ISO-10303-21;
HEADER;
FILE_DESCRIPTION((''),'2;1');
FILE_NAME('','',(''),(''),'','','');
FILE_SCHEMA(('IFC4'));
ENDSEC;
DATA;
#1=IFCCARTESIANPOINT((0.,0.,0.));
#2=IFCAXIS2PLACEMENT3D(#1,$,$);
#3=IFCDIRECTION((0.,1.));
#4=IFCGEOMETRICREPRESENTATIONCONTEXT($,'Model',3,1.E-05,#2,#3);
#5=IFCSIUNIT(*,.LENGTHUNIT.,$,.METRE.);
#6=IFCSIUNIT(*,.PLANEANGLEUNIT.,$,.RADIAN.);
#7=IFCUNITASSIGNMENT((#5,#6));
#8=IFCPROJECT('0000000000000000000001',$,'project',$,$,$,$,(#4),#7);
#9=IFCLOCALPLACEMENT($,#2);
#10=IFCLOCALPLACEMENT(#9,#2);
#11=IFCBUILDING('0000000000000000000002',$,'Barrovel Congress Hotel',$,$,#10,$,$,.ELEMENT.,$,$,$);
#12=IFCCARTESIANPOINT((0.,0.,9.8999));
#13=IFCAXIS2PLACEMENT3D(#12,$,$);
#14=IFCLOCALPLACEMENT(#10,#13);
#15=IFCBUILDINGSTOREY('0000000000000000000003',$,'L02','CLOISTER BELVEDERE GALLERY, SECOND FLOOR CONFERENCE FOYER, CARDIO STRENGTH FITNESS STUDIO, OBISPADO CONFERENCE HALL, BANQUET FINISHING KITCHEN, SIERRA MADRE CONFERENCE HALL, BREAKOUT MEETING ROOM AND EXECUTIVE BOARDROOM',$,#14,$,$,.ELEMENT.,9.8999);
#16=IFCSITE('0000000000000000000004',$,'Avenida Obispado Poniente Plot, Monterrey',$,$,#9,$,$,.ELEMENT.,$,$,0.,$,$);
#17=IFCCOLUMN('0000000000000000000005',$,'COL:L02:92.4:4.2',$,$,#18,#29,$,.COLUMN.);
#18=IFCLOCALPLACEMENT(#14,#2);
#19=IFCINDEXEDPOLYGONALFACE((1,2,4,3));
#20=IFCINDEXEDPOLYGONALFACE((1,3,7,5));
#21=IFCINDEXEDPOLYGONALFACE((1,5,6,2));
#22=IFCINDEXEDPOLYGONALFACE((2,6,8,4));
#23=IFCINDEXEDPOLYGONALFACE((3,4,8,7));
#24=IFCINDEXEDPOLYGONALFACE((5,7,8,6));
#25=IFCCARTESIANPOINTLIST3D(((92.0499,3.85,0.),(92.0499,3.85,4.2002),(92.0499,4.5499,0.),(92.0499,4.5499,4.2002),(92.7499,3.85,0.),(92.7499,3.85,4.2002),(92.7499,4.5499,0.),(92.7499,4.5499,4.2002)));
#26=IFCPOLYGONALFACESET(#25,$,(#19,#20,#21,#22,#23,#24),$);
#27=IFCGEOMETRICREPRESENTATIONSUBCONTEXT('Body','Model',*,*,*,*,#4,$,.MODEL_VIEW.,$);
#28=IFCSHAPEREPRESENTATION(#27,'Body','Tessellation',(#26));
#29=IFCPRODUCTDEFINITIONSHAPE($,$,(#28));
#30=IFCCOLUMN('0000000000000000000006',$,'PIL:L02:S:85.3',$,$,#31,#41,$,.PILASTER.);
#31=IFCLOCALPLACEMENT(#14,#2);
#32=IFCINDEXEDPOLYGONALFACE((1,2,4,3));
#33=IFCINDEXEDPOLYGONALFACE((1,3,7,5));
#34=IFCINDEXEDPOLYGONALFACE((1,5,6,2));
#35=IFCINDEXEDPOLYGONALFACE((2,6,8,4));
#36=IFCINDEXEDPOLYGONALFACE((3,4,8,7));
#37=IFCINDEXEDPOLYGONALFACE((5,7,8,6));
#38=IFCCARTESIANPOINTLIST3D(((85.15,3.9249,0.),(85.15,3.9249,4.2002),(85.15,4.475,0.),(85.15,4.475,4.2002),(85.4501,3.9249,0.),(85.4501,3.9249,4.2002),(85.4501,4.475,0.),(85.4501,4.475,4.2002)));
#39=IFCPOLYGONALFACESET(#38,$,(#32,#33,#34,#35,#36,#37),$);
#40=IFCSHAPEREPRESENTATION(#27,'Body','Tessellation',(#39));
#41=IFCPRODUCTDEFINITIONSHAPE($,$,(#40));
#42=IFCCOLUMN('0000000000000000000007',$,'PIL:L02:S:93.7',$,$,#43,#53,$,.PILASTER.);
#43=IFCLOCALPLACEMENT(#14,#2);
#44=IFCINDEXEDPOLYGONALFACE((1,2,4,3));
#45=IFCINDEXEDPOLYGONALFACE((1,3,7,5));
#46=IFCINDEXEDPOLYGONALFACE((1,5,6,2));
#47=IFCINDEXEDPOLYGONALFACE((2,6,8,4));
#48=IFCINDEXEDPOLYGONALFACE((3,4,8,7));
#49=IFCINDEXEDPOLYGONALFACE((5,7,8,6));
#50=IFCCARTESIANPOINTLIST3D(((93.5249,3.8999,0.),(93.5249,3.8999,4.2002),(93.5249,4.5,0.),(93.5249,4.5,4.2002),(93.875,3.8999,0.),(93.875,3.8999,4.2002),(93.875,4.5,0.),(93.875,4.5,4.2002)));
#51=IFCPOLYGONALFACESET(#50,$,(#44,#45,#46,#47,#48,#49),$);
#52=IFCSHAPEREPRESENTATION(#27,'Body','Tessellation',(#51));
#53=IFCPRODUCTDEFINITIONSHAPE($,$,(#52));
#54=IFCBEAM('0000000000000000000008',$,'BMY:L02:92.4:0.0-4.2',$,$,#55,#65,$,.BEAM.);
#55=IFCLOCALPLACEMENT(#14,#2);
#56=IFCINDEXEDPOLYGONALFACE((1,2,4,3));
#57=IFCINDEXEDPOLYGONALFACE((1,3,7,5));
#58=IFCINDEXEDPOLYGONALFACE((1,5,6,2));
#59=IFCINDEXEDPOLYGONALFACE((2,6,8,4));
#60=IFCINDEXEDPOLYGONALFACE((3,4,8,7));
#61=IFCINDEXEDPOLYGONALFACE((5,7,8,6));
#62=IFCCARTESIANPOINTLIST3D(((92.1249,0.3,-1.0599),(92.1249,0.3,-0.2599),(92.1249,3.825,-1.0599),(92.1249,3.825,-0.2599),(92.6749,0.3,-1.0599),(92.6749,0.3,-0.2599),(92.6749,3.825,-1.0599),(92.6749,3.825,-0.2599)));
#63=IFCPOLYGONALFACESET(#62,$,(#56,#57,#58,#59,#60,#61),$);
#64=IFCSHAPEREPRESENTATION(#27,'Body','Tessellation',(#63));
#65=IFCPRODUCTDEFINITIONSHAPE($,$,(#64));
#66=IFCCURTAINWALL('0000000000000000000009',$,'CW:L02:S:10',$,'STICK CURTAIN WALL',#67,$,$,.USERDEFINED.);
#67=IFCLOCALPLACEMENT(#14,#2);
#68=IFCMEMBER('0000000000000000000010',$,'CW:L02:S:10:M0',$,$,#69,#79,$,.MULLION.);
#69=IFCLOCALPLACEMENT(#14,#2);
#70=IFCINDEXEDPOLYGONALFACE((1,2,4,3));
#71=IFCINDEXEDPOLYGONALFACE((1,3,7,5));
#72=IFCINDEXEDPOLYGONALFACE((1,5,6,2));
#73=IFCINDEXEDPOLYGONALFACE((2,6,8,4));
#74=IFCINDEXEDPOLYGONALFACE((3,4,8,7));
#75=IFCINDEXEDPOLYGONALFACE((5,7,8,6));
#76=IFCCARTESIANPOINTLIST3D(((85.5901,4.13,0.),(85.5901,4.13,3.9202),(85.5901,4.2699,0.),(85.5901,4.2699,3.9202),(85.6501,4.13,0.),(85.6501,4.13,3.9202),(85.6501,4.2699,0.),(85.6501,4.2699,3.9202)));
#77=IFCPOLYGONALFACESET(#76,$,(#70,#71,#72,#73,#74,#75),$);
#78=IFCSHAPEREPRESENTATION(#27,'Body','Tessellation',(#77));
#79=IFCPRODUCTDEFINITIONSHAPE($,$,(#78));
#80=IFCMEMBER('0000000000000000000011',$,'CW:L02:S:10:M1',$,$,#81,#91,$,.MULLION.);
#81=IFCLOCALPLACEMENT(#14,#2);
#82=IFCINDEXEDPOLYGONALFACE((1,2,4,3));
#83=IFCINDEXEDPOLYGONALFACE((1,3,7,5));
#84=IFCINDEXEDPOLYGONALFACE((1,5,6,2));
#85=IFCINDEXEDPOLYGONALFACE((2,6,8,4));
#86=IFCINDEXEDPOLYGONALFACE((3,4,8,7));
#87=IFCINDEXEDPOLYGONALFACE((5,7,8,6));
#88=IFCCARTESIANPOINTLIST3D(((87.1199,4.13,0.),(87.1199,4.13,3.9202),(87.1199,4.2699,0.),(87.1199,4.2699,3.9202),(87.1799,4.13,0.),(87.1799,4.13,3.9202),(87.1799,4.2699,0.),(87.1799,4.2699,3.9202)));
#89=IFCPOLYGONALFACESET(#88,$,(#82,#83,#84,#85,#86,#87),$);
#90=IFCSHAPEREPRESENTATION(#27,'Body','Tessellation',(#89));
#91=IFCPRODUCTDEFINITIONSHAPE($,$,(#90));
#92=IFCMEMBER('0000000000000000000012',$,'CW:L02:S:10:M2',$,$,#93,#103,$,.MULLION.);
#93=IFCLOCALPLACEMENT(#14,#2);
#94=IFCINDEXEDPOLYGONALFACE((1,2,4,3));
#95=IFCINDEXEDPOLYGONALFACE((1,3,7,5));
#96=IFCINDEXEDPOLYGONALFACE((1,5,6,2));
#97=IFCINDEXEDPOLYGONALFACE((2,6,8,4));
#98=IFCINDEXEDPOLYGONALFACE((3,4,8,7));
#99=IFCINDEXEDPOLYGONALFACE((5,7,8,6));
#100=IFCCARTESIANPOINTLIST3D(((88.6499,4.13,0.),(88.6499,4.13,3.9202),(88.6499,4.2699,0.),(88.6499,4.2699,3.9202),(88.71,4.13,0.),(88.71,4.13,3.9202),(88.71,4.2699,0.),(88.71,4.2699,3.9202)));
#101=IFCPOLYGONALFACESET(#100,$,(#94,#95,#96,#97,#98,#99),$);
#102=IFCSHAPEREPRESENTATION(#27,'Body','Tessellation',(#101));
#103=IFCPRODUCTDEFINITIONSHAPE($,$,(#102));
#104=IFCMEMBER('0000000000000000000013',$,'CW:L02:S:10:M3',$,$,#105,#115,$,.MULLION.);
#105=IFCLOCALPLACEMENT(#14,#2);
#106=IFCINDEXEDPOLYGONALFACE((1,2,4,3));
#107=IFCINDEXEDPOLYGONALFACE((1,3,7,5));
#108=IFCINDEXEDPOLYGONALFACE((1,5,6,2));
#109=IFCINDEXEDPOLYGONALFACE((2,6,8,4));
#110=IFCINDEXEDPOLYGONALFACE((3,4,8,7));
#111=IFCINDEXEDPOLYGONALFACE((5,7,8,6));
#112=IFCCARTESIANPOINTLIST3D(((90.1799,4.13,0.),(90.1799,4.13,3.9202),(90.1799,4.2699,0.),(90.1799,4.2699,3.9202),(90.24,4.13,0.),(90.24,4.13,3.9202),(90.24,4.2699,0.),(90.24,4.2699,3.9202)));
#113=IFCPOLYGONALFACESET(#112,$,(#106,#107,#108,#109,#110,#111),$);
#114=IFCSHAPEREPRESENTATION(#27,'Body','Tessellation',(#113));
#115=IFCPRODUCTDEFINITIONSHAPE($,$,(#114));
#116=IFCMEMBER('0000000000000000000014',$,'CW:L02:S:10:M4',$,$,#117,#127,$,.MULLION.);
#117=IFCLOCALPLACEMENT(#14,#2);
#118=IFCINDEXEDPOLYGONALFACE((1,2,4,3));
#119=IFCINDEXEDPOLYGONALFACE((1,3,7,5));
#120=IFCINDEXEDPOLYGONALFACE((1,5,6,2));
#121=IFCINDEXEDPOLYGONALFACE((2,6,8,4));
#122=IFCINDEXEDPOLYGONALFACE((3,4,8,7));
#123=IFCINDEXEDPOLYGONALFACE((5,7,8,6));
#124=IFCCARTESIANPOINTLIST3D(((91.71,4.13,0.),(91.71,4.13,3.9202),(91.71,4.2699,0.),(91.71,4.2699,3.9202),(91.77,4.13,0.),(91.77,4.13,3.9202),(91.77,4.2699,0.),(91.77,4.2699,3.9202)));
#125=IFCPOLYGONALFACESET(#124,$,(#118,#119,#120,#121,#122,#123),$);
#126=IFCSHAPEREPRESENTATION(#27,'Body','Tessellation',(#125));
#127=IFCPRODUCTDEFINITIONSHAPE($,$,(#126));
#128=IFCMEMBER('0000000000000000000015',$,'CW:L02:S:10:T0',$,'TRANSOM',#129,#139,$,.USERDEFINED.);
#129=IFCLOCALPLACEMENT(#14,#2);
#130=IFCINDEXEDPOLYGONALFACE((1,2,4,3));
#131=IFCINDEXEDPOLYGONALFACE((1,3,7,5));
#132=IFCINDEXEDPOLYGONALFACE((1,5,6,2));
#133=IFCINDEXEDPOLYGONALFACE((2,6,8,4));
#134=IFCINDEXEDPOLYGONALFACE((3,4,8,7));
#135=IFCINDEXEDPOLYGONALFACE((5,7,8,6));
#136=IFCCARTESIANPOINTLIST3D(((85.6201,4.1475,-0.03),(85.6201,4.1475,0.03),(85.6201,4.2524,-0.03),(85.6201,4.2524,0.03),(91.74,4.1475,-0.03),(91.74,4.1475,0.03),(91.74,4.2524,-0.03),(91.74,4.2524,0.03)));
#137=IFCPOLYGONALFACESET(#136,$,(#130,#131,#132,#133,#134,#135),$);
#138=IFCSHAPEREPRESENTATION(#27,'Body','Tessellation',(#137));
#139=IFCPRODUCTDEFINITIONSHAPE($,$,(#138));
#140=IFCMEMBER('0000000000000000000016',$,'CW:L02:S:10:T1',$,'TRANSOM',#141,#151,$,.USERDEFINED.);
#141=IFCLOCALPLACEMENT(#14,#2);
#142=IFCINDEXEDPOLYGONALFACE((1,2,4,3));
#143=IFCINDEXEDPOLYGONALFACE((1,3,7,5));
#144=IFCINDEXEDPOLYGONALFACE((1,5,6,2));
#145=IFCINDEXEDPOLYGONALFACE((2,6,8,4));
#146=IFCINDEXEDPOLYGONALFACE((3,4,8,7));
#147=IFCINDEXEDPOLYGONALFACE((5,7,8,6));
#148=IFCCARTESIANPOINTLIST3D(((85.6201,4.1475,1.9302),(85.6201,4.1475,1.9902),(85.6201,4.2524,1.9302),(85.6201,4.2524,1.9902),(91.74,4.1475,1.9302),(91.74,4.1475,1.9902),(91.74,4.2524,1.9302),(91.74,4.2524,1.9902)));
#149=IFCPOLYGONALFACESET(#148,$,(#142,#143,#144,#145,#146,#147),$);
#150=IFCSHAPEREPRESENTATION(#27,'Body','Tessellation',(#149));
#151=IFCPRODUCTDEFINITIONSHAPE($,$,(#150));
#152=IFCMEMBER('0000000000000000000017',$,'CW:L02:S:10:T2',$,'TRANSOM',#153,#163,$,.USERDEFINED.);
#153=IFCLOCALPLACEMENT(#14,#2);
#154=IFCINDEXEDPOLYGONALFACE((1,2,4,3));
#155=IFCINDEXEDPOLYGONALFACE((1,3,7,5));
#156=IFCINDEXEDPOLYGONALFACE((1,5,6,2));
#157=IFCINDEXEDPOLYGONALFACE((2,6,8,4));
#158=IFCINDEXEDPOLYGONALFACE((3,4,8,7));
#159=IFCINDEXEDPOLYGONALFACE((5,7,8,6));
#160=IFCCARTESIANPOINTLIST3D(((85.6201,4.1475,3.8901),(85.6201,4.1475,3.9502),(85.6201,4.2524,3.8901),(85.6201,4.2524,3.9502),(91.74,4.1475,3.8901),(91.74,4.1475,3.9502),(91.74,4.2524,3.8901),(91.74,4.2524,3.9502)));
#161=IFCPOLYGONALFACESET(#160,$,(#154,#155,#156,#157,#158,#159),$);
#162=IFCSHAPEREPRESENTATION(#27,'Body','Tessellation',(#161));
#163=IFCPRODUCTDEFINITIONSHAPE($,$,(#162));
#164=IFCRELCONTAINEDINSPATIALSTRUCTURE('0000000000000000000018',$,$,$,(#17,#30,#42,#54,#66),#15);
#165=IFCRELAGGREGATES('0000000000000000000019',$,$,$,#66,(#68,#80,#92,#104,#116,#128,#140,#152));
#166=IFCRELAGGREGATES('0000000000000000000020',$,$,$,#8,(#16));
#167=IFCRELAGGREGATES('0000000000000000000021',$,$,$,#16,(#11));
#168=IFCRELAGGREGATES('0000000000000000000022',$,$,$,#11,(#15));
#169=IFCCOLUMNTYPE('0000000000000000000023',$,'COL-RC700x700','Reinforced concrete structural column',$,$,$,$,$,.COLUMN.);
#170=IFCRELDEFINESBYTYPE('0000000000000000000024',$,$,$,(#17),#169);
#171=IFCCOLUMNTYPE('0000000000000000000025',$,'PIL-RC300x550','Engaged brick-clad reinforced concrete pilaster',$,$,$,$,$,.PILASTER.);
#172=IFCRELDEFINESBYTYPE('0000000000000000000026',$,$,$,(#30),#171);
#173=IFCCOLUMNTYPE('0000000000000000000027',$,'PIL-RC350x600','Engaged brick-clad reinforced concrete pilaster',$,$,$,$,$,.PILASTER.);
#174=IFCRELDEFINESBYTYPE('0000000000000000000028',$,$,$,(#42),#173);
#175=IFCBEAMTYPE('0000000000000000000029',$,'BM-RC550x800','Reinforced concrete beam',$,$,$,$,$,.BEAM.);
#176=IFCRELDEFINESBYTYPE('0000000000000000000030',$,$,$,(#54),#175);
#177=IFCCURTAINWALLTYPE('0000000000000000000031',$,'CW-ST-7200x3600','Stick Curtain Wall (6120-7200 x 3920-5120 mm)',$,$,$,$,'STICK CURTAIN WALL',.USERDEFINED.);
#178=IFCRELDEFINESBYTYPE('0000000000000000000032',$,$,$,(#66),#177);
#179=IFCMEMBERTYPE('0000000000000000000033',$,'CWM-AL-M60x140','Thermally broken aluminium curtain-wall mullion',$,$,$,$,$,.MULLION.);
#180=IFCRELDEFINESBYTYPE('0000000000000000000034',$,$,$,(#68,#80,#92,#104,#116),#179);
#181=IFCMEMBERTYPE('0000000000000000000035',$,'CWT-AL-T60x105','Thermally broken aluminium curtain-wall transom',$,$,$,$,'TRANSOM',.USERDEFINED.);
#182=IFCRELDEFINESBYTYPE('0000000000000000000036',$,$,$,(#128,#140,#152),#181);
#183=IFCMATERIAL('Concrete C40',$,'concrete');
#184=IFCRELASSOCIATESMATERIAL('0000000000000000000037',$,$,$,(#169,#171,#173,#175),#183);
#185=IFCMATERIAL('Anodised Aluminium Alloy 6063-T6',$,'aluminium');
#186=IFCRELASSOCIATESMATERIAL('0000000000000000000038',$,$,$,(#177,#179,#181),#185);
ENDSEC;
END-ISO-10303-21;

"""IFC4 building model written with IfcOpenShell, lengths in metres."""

from ifc_helpers import new_model, si_unit, direction, frame, origin, origin_2d, place, context, subcontext, project, spatial, rectangle, extrude, material, material_profile, profile_set, type_object, element, aggregate, save


model = new_model("IFC4")

# Units and contexts
model_context = context("Model", 3, precision=1e-05, world=origin(), true_north=direction((0.0, 1.0)))
body_context = subcontext(model_context, "Body", "Model", "MODEL_VIEW")
ifc_project = project(units=[si_unit("LENGTHUNIT", "METRE"), si_unit("PLANEANGLEUNIT", "RADIAN")], contexts=[model_context])

# Site, building, storey
site_placement = place(None, origin())
site = spatial("IfcSite", under=ifc_project, at=site_placement, Name="Avenida Obispado Poniente Plot, Monterrey", CompositionType="ELEMENT", RefElevation=0.0)
building_placement = place(site_placement, origin())
building = spatial("IfcBuilding", under=site, at=building_placement, Name="Barrovel Congress Hotel", CompositionType="ELEMENT")
storey_placement = place(building_placement, frame((0.0, 0.0, 9.8999)))
storey = spatial("IfcBuildingStorey", under=building, at=storey_placement, Name="L02", Description="CLOISTER BELVEDERE GALLERY, SECOND FLOOR CONFERENCE FOYER, CARDIO STRENGTH FITNESS STUDIO, OBISPADO CONFERENCE HALL, BANQUET FINISHING KITCHEN, SIERRA MADRE CONFERENCE HALL, BREAKOUT MEETING ROOM AND EXECUTIVE BOARDROOM", CompositionType="ELEMENT", Elevation=9.8999)

# Columns
ifc_material_1 = material(Name="Concrete C40", Category="concrete")
ifc_material_profile_1 = material_profile(ifc_material_1, rectangle(XDim=0.7, YDim=0.7, at=origin_2d()), Name="RC700x700")
ifc_profile_set_1 = profile_set([ifc_material_profile_1], Name="Concrete C40")
column_type_1 = type_object("IfcColumnType", Name="COL-RC700x700", Description="Reinforced concrete structural column", PredefinedType="COLUMN", material=ifc_profile_set_1)
column_1_placement = place(storey_placement, frame((92.3999, 4.2, 0.0), z_axis=(0.0, 0.0, 1.0), x_axis=(1.0, 0.0, 0.0)))
element("IfcColumn", 1, at=column_1_placement, inside=storey, type_object=column_type_1, Name="COL:L02:92.4:4.2", PredefinedType="COLUMN", context=body_context, shape_type="SweptSolid", body=[
    extrude(rectangle(XDim=0.7, YDim=0.7, at=origin_2d()), origin(), (0.0, 0.0, 1.0), 4.2002),
])
ifc_material_profile_2 = material_profile(ifc_material_1, rectangle(XDim=0.3, YDim=0.55, at=origin_2d()), Name="RC300x550")
ifc_profile_set_2 = profile_set([ifc_material_profile_2], Name="Concrete C40")
column_type_2 = type_object("IfcColumnType", Name="PIL-RC300x550", Description="Engaged brick-clad reinforced concrete pilaster", PredefinedType="PILASTER", material=ifc_profile_set_2)
column_2_placement = place(storey_placement, frame((85.3, 4.2, 0.0), z_axis=(0.0, 0.0, 1.0), x_axis=(1.0, 0.0, 0.0)))
element("IfcColumn", 2, at=column_2_placement, inside=storey, type_object=column_type_2, Name="PIL:L02:S:85.3", PredefinedType="PILASTER", context=body_context, shape_type="SweptSolid", body=[
    extrude(rectangle(XDim=0.3, YDim=0.55, at=origin_2d()), origin(), (0.0, 0.0, 1.0), 4.2002),
])
ifc_material_profile_3 = material_profile(ifc_material_1, rectangle(XDim=0.3501, YDim=0.6001, at=origin_2d()), Name="RC350x600")
ifc_profile_set_3 = profile_set([ifc_material_profile_3], Name="Concrete C40")
column_type_3 = type_object("IfcColumnType", Name="PIL-RC350x600", Description="Engaged brick-clad reinforced concrete pilaster", PredefinedType="PILASTER", material=ifc_profile_set_3)
column_3_placement = place(storey_placement, frame((93.7, 4.2, 0.0), z_axis=(0.0, 0.0, 1.0), x_axis=(1.0, 0.0, 0.0)))
element("IfcColumn", 3, at=column_3_placement, inside=storey, type_object=column_type_3, Name="PIL:L02:S:93.7", PredefinedType="PILASTER", context=body_context, shape_type="SweptSolid", body=[
    extrude(rectangle(XDim=0.3501, YDim=0.6001, at=origin_2d()), origin(), (0.0, 0.0, 1.0), 4.2002),
])

# Beam
ifc_material_profile_4 = material_profile(ifc_material_1, rectangle(XDim=0.55, YDim=0.8, at=origin_2d()), Name="RC550x800")
ifc_profile_set_4 = profile_set([ifc_material_profile_4], Name="Concrete C40")
beam_type_1 = type_object("IfcBeamType", Name="BM-RC550x800", Description="Reinforced concrete beam", PredefinedType="BEAM", material=ifc_profile_set_4)
beam_1_placement = place(storey_placement, frame((92.3999, 0.3, -0.6599), z_axis=(0.0, 1.0, 0.0), x_axis=(-1.0, 0.0, 0.0)))
element("IfcBeam", 4, at=beam_1_placement, inside=storey, type_object=beam_type_1, Name="BMY:L02:92.4:0.0-4.2", PredefinedType="BEAM", context=body_context, shape_type="SweptSolid", body=[
    extrude(rectangle(XDim=0.55, YDim=0.8, at=origin_2d()), origin(), (0.0, 0.0, 1.0), 3.5249),
])

# Curtain wall, members
ifc_material_2 = material(Name="Anodised Aluminium Alloy 6063-T6", Category="aluminium")
curtain_wall_type = type_object("IfcCurtainWallType", Name="CW-ST-7200x3600", Description="Stick Curtain Wall (6120-7200 x 3920-5120 mm)", ElementType="STICK CURTAIN WALL", PredefinedType="USERDEFINED", material=ifc_material_2)
curtain_wall_placement = place(storey_placement, origin())
curtain_wall = element("IfcCurtainWall", 5, at=curtain_wall_placement, inside=storey, type_object=curtain_wall_type, Name="CW:L02:S:10", ObjectType="STICK CURTAIN WALL", PredefinedType="USERDEFINED")
ifc_material_profile_5 = material_profile(ifc_material_2, rectangle(XDim=0.0601, YDim=0.1399, at=origin_2d()), Name="AL-M60x140")
ifc_profile_set_5 = profile_set([ifc_material_profile_5], Name="Anodised Aluminium Alloy 6063-T6")
member_type_1 = type_object("IfcMemberType", Name="CWM-AL-M60x140", Description="Thermally broken aluminium curtain-wall mullion", PredefinedType="MULLION", material=ifc_profile_set_5)
member_1_placement = place(storey_placement, frame((85.6201, 4.2, 0.0), z_axis=(0.0, 0.0, 1.0), x_axis=(1.0, 0.0, 0.0)))
member_1 = element("IfcMember", 6, at=member_1_placement, type_object=member_type_1, Name="CW:L02:S:10:M0", PredefinedType="MULLION", context=body_context, shape_type="SweptSolid", body=[
    extrude(rectangle(XDim=0.0601, YDim=0.1399, at=origin_2d()), origin(), (0.0, 0.0, 1.0), 3.9202),
])
member_2_placement = place(storey_placement, frame((87.1499, 4.2, 0.0), z_axis=(0.0, 0.0, 1.0), x_axis=(1.0, 0.0, 0.0)))
member_2 = element("IfcMember", 7, at=member_2_placement, type_object=member_type_1, Name="CW:L02:S:10:M1", PredefinedType="MULLION", context=body_context, shape_type="SweptSolid", body=[
    extrude(rectangle(XDim=0.0601, YDim=0.1399, at=origin_2d()), origin(), (0.0, 0.0, 1.0), 3.9202),
])
member_3_placement = place(storey_placement, frame((88.6799, 4.2, 0.0), z_axis=(0.0, 0.0, 1.0), x_axis=(1.0, 0.0, 0.0)))
member_3 = element("IfcMember", 8, at=member_3_placement, type_object=member_type_1, Name="CW:L02:S:10:M2", PredefinedType="MULLION", context=body_context, shape_type="SweptSolid", body=[
    extrude(rectangle(XDim=0.0601, YDim=0.1399, at=origin_2d()), origin(), (0.0, 0.0, 1.0), 3.9202),
])
member_4_placement = place(storey_placement, frame((90.21, 4.2, 0.0), z_axis=(0.0, 0.0, 1.0), x_axis=(1.0, 0.0, 0.0)))
member_4 = element("IfcMember", 9, at=member_4_placement, type_object=member_type_1, Name="CW:L02:S:10:M3", PredefinedType="MULLION", context=body_context, shape_type="SweptSolid", body=[
    extrude(rectangle(XDim=0.0601, YDim=0.1399, at=origin_2d()), origin(), (0.0, 0.0, 1.0), 3.9202),
])
member_5_placement = place(storey_placement, frame((91.74, 4.2, 0.0), z_axis=(0.0, 0.0, 1.0), x_axis=(1.0, 0.0, 0.0)))
member_5 = element("IfcMember", 10, at=member_5_placement, type_object=member_type_1, Name="CW:L02:S:10:M4", PredefinedType="MULLION", context=body_context, shape_type="SweptSolid", body=[
    extrude(rectangle(XDim=0.0601, YDim=0.1399, at=origin_2d()), origin(), (0.0, 0.0, 1.0), 3.9202),
])
ifc_material_profile_6 = material_profile(ifc_material_2, rectangle(XDim=0.105, YDim=0.0601, at=origin_2d()), Name="AL-T60x105")
ifc_profile_set_6 = profile_set([ifc_material_profile_6], Name="Anodised Aluminium Alloy 6063-T6")
member_type_2 = type_object("IfcMemberType", Name="CWT-AL-T60x105", Description="Thermally broken aluminium curtain-wall transom", ElementType="TRANSOM", PredefinedType="USERDEFINED", material=ifc_profile_set_6)
member_6_placement = place(storey_placement, frame((85.6201, 4.2, 0.0), z_axis=(1.0, 0.0, 0.0), x_axis=(0.0, 1.0, 0.0)))
member_6 = element("IfcMember", 11, at=member_6_placement, type_object=member_type_2, Name="CW:L02:S:10:T0", ObjectType="TRANSOM", PredefinedType="USERDEFINED", context=body_context, shape_type="SweptSolid", body=[
    extrude(rectangle(XDim=0.105, YDim=0.0601, at=origin_2d()), origin(), (0.0, 0.0, 1.0), 6.1199),
])
member_7_placement = place(storey_placement, frame((85.6201, 4.2, 1.9602), z_axis=(1.0, 0.0, 0.0), x_axis=(0.0, 1.0, 0.0)))
member_7 = element("IfcMember", 12, at=member_7_placement, type_object=member_type_2, Name="CW:L02:S:10:T1", ObjectType="TRANSOM", PredefinedType="USERDEFINED", context=body_context, shape_type="SweptSolid", body=[
    extrude(rectangle(XDim=0.105, YDim=0.0601, at=origin_2d()), origin(), (0.0, 0.0, 1.0), 6.1199),
])
member_8_placement = place(storey_placement, frame((85.6201, 4.2, 3.9202), z_axis=(1.0, 0.0, 0.0), x_axis=(0.0, 1.0, 0.0)))
member_8 = element("IfcMember", 13, at=member_8_placement, type_object=member_type_2, Name="CW:L02:S:10:T2", ObjectType="TRANSOM", PredefinedType="USERDEFINED", context=body_context, shape_type="SweptSolid", body=[
    extrude(rectangle(XDim=0.105, YDim=0.0601, at=origin_2d()), origin(), (0.0, 0.0, 1.0), 6.1199),
])

aggregate(curtain_wall, [member_1, member_2, member_3, member_4, member_5, member_6, member_7, member_8])

save(model, "model.ifc")
